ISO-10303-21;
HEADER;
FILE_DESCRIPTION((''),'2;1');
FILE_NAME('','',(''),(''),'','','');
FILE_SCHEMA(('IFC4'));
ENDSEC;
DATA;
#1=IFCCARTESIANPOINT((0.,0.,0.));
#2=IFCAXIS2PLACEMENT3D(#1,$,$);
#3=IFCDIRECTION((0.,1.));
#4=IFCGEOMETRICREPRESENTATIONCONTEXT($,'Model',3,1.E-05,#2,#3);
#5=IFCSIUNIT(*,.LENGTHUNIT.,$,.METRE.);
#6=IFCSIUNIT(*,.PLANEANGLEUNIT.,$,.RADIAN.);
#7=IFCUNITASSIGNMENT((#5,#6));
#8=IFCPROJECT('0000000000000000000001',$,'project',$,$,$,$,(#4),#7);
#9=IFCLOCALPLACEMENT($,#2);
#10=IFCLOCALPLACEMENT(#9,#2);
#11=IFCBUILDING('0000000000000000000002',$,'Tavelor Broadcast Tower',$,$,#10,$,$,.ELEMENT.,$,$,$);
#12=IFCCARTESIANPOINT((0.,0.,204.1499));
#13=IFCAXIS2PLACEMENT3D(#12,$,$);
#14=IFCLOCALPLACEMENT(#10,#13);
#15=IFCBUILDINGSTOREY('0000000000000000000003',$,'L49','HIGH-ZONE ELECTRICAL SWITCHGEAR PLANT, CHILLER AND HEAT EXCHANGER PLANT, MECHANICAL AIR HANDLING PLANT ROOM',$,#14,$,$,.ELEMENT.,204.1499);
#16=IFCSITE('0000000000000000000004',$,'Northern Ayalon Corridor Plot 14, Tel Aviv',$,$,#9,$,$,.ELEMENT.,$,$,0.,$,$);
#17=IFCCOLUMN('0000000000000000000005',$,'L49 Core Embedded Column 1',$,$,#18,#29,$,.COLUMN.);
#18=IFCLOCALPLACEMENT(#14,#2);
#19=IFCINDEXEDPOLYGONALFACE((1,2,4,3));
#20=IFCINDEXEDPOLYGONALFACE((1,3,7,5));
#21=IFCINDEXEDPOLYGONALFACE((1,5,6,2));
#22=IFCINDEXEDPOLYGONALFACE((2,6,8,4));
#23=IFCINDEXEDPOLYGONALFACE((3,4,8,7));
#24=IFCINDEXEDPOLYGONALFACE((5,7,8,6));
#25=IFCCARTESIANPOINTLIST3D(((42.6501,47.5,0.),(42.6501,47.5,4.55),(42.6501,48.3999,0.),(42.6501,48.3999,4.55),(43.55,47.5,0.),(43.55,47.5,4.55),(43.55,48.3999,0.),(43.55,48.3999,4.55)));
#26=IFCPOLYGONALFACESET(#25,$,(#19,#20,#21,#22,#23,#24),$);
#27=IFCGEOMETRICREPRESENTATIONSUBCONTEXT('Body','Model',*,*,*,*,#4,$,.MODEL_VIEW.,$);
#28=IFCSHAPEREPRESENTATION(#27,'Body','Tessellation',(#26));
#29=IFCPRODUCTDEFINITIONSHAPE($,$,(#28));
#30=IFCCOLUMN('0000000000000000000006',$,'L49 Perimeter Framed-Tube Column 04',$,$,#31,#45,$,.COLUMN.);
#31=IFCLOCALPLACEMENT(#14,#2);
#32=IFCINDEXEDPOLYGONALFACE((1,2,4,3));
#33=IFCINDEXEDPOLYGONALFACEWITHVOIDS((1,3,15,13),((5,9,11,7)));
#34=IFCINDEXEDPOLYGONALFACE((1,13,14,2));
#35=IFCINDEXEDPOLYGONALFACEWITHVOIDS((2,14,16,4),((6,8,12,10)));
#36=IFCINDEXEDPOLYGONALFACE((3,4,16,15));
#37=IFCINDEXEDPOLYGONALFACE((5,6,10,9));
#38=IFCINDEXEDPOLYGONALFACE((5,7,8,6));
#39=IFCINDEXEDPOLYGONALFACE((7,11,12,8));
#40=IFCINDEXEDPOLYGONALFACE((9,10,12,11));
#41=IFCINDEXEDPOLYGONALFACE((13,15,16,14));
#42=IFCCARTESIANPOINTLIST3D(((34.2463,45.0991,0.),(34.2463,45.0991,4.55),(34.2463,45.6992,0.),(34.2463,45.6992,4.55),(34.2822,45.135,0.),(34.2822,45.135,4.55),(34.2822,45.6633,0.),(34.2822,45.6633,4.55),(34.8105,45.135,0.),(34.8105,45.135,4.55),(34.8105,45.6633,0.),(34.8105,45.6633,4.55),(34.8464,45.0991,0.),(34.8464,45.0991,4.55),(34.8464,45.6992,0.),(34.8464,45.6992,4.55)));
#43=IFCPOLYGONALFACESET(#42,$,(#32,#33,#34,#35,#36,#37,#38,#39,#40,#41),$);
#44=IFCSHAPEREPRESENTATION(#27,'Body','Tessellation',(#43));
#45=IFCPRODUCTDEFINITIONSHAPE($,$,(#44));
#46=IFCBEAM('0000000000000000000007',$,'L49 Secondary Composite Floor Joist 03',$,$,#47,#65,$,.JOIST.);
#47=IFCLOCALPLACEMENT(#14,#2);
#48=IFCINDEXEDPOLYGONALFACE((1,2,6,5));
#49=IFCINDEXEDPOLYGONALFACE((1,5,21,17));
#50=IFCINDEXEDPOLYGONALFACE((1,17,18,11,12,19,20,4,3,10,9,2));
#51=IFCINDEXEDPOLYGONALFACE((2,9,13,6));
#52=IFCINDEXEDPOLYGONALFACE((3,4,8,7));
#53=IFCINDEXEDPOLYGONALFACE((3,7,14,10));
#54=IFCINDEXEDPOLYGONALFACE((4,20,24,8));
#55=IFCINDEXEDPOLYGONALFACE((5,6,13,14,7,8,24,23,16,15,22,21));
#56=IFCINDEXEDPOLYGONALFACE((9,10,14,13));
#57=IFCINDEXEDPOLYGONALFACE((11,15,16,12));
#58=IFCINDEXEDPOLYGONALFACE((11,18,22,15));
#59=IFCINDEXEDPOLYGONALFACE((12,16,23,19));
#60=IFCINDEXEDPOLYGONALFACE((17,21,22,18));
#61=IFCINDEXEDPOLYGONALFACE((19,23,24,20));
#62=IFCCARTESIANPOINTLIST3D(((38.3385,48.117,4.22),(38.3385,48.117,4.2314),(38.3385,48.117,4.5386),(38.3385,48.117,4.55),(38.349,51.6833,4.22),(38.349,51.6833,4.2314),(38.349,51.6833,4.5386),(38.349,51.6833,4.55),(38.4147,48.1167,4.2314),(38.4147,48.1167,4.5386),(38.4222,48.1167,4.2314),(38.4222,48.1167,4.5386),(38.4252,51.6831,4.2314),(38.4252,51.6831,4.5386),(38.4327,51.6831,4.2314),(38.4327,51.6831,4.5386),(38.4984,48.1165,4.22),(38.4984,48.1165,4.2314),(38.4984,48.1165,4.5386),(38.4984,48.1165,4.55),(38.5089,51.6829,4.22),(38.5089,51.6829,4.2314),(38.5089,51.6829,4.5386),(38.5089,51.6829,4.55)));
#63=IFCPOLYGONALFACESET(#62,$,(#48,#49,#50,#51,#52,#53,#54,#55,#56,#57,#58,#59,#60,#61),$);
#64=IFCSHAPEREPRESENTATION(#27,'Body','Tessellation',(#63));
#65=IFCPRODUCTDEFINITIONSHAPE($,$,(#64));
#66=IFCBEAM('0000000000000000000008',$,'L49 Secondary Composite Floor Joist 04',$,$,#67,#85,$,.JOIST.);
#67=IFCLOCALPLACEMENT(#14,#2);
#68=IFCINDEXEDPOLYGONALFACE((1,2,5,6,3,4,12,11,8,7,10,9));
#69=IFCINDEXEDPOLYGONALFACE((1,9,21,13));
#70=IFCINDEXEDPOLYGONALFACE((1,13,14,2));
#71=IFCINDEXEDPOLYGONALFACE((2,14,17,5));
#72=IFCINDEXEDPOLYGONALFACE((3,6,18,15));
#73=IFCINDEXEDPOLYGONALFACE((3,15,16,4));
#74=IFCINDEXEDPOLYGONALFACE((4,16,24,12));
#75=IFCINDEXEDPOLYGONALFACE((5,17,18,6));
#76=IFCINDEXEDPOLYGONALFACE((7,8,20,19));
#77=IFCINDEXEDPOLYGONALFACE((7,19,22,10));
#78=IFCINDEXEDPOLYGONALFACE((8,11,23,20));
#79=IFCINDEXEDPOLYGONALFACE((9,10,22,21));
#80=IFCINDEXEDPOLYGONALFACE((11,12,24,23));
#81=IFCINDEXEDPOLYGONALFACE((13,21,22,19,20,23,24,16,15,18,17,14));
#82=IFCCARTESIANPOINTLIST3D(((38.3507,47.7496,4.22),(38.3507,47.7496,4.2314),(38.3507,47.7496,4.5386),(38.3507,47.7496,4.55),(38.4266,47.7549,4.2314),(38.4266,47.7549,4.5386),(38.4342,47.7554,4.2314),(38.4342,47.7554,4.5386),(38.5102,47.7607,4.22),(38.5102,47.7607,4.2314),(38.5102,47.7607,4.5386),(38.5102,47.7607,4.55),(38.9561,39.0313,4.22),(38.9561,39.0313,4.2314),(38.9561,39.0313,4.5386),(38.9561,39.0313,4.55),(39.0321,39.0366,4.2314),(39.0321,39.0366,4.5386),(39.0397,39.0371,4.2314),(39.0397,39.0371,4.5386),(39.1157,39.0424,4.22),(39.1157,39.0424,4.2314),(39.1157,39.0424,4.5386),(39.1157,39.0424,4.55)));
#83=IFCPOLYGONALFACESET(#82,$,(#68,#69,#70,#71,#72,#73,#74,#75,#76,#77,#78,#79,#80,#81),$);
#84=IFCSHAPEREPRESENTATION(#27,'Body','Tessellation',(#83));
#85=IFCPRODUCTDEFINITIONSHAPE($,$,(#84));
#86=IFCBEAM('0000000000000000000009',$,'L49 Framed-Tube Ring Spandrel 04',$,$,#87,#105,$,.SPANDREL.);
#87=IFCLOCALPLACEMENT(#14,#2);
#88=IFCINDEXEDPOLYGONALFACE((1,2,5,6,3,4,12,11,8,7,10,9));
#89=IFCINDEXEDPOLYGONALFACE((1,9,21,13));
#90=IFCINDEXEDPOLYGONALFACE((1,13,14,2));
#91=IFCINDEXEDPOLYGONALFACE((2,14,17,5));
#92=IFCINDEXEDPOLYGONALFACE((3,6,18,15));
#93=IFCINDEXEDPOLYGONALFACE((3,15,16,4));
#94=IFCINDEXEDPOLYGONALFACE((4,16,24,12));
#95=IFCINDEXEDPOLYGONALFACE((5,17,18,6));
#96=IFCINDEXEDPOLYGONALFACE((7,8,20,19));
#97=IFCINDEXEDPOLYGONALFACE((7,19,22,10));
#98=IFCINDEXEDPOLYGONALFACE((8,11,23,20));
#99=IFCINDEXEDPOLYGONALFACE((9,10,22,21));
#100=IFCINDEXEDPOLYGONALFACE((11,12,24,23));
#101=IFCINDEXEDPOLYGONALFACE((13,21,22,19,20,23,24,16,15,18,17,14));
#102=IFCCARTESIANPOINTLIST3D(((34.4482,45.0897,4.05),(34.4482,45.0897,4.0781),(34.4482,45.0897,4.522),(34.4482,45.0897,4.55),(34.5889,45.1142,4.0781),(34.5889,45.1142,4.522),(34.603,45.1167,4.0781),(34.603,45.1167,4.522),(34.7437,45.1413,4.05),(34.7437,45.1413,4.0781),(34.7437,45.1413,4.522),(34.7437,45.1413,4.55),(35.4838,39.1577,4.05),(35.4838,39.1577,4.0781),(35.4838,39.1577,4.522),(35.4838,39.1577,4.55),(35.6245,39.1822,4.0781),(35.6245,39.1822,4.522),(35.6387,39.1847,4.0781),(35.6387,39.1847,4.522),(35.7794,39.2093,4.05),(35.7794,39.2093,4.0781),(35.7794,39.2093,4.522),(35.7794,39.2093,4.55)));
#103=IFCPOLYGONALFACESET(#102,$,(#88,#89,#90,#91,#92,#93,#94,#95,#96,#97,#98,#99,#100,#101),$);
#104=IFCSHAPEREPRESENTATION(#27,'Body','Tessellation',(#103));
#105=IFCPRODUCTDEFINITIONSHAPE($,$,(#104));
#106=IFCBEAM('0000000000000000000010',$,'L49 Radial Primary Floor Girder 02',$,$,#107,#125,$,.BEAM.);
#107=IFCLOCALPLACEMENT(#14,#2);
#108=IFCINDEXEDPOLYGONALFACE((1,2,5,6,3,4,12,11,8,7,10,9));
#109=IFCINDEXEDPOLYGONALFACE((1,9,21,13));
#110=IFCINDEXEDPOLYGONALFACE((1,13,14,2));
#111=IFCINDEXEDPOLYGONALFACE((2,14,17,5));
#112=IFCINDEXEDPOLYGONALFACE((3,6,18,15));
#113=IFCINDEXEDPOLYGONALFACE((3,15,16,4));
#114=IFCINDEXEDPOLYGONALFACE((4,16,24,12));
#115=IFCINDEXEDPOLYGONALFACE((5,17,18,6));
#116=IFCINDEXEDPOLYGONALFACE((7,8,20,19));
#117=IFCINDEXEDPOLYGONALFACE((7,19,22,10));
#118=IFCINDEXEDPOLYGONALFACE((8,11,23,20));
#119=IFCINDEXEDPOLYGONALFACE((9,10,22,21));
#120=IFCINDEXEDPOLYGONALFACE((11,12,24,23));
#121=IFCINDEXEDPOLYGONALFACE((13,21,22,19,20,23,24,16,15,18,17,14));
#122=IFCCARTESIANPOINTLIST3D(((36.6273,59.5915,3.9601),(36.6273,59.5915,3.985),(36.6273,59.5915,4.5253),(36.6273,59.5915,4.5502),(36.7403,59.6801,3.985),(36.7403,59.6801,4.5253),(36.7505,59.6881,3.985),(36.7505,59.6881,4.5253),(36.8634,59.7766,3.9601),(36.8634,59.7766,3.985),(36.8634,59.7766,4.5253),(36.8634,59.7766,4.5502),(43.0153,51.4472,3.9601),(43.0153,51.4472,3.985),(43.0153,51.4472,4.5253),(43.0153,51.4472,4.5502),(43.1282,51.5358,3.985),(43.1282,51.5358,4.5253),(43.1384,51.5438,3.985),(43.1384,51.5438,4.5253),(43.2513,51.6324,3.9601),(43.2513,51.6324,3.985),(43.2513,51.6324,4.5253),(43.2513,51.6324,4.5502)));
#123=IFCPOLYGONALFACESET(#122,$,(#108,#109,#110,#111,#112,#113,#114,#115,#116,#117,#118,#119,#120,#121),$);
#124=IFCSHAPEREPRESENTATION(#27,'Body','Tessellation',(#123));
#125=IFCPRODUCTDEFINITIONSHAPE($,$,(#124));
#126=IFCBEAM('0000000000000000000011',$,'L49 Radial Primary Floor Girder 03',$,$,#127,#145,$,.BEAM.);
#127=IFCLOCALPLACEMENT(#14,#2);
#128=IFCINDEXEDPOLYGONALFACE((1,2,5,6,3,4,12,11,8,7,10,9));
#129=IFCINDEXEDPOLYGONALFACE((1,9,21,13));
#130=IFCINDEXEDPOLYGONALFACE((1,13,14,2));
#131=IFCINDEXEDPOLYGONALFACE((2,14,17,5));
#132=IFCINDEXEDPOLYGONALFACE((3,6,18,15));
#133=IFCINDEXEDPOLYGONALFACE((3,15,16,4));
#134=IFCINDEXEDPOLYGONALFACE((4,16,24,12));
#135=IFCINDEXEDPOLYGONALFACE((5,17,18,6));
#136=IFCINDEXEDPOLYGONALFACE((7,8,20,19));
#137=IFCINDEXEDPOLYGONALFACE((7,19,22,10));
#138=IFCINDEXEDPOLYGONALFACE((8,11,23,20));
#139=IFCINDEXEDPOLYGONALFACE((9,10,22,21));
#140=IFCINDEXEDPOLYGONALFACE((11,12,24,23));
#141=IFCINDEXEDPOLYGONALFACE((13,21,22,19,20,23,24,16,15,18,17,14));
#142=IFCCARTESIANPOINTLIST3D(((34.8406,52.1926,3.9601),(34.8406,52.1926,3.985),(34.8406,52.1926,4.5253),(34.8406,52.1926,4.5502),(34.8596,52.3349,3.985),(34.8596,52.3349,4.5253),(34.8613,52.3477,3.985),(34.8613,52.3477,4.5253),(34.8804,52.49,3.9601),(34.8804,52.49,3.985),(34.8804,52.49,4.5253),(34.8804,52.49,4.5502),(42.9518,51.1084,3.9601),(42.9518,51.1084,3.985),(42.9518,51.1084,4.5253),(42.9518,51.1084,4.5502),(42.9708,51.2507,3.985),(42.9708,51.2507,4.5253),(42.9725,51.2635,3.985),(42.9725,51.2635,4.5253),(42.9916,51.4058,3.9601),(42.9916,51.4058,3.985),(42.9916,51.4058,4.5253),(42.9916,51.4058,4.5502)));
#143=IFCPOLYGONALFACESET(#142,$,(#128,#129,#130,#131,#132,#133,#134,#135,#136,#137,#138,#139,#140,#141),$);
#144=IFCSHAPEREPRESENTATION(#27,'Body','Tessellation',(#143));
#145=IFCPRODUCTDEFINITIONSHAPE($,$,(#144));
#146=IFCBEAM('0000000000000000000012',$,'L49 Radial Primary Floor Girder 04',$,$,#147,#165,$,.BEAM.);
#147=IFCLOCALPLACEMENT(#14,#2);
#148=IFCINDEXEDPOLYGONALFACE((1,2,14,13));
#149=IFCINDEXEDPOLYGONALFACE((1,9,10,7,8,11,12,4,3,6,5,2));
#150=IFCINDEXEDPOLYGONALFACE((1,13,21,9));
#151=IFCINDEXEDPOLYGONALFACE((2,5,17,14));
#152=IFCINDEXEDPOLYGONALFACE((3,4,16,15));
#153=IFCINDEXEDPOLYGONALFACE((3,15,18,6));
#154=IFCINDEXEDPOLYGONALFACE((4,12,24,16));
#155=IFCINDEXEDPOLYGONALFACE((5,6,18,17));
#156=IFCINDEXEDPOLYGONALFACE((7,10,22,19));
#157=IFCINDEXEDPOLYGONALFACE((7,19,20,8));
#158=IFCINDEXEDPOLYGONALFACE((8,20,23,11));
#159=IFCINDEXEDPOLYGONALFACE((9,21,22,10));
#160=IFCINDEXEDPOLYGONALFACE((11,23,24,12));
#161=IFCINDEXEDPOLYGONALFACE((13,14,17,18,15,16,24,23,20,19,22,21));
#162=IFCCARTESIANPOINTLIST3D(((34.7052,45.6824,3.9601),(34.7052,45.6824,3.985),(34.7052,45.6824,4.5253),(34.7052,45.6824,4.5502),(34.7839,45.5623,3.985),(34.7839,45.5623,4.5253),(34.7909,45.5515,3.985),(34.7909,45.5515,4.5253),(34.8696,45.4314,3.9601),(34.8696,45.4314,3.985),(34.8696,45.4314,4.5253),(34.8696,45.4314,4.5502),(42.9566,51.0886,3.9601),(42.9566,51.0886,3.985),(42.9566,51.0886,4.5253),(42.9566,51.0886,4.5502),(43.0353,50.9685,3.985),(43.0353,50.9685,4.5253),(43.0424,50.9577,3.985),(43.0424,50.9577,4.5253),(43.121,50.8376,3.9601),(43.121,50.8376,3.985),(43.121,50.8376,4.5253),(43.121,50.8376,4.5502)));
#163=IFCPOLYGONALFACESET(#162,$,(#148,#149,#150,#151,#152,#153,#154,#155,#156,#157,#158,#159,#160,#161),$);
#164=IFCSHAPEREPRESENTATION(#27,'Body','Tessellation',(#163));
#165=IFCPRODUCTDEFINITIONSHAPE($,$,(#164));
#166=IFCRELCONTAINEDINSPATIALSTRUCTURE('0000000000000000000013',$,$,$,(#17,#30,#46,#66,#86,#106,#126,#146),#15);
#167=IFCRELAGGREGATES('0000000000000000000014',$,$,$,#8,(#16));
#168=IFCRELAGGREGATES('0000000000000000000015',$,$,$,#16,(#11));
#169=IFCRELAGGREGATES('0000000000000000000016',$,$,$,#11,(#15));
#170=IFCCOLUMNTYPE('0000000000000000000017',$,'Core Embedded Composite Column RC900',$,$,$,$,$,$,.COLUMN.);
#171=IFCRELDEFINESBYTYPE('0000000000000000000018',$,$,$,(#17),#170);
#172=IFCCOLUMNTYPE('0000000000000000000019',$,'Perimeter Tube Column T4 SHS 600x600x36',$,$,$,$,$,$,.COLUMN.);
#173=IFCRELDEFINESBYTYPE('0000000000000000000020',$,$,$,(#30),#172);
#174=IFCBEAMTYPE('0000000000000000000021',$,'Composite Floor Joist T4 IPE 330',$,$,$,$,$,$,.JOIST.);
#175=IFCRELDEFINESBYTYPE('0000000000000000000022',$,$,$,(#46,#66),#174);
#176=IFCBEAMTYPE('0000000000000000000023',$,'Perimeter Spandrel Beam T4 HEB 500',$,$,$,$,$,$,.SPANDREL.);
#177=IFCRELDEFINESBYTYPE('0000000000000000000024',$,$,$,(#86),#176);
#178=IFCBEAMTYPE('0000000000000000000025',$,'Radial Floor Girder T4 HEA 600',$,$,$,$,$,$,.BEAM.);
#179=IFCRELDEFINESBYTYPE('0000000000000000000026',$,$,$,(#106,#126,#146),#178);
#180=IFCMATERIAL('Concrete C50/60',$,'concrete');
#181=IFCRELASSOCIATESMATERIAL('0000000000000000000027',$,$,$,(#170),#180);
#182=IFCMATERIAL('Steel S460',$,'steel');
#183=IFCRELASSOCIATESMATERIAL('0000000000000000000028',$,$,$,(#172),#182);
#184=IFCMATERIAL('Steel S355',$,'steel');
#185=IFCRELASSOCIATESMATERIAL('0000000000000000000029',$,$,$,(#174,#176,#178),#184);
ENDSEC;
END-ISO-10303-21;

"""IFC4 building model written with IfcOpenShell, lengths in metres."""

from ifc_helpers import new_model, si_unit, direction, frame, origin, origin_2d, place, context, subcontext, project, spatial, rectangle, hollow_rectangle, i_section, extrude, material, material_profile, profile_set, type_object, element, save


model = new_model("IFC4")

# Units and contexts
model_context = context("Model", 3, precision=1e-05, world=origin(), true_north=direction((0.0, 1.0)))
body_context = subcontext(model_context, "Body", "Model", "MODEL_VIEW")
ifc_project = project(units=[si_unit("LENGTHUNIT", "METRE"), si_unit("PLANEANGLEUNIT", "RADIAN")], contexts=[model_context])

# Site, building, storey
site_placement = place(None, origin())
site = spatial("IfcSite", under=ifc_project, at=site_placement, Name="Northern Ayalon Corridor Plot 14, Tel Aviv", CompositionType="ELEMENT", RefElevation=0.0)
building_placement = place(site_placement, origin())
building = spatial("IfcBuilding", under=site, at=building_placement, Name="Tavelor Broadcast Tower", CompositionType="ELEMENT")
storey_placement = place(building_placement, frame((0.0, 0.0, 204.1499)))
storey = spatial("IfcBuildingStorey", under=building, at=storey_placement, Name="L49", Description="HIGH-ZONE ELECTRICAL SWITCHGEAR PLANT, CHILLER AND HEAT EXCHANGER PLANT, MECHANICAL AIR HANDLING PLANT ROOM", CompositionType="ELEMENT", Elevation=204.1499)

# Columns
ifc_material_1 = material(Name="Concrete C50/60", Category="concrete")
ifc_material_profile_1 = material_profile(ifc_material_1, rectangle(XDim=0.8999, YDim=0.8999, at=origin_2d()), Name="RC 900x900")
ifc_profile_set_1 = profile_set([ifc_material_profile_1], Name="Concrete C50/60")
column_type_1 = type_object("IfcColumnType", Name="Core Embedded Composite Column RC900", PredefinedType="COLUMN", material=ifc_profile_set_1)
column_1_placement = place(storey_placement, frame((43.1001, 47.95, 0.0), z_axis=(0.0, 0.0, 1.0), x_axis=(1.0, 0.0, 0.0)))
element("IfcColumn", 1, at=column_1_placement, inside=storey, type_object=column_type_1, Name="L49 Core Embedded Column 1", PredefinedType="COLUMN", context=body_context, shape_type="SweptSolid", body=[
    extrude(rectangle(XDim=0.8999, YDim=0.8999, at=origin_2d()), origin(), (0.0, 0.0, 1.0), 4.55),
])
ifc_material_2 = material(Name="Steel S460", Category="steel")
ifc_material_profile_2 = material_profile(ifc_material_2, hollow_rectangle(XDim=0.6001, YDim=0.6001, WallThickness=0.0359, at=origin_2d()), Name="SHS 600x600x36")
ifc_profile_set_2 = profile_set([ifc_material_profile_2], Name="Steel S460")
column_type_2 = type_object("IfcColumnType", Name="Perimeter Tube Column T4 SHS 600x600x36", PredefinedType="COLUMN", material=ifc_profile_set_2)
column_2_placement = place(storey_placement, frame((34.5464, 45.3992, 0.0), z_axis=(0.0, 0.0, 1.0), x_axis=(1.0, 0.0, 0.0)))
element("IfcColumn", 2, at=column_2_placement, inside=storey, type_object=column_type_2, Name="L49 Perimeter Framed-Tube Column 04", PredefinedType="COLUMN", context=body_context, shape_type="SweptSolid", body=[
    extrude(hollow_rectangle(XDim=0.6001, YDim=0.6001, WallThickness=0.0359, at=origin_2d()), origin(), (0.0, 0.0, 1.0), 4.55),
])

# Beams
ifc_material_3 = material(Name="Steel S355", Category="steel")
ifc_material_profile_3 = material_profile(ifc_material_3, i_section(OverallWidth=0.1599, OverallDepth=0.3301, WebThickness=0.0076, FlangeThickness=0.0115, at=origin_2d()), Name="IPE 330")
ifc_profile_set_3 = profile_set([ifc_material_profile_3], Name="Steel S355")
beam_type_1 = type_object("IfcBeamType", Name="Composite Floor Joist T4 IPE 330", PredefinedType="JOIST", material=ifc_profile_set_3)
beam_1_placement = place(storey_placement, frame((38.429, 51.6831, 4.385), z_axis=(-0.002944, -0.999996, 0.0), x_axis=(0.999996, -0.002944, 0.0)))
element("IfcBeam", 3, at=beam_1_placement, inside=storey, type_object=beam_type_1, Name="L49 Secondary Composite Floor Joist 03", PredefinedType="JOIST", context=body_context, shape_type="SweptSolid", body=[
    extrude(i_section(OverallWidth=0.1599, OverallDepth=0.3301, WebThickness=0.0076, FlangeThickness=0.0115, at=origin_2d()), origin(), (0.0, 0.0, 1.0), 3.5664),
])
beam_2_placement = place(storey_placement, frame((38.4304, 47.7551, 4.385), z_axis=(0.069281, -0.997597, 0.0), x_axis=(0.997597, 0.069281, 0.0)))
element("IfcBeam", 4, at=beam_2_placement, inside=storey, type_object=beam_type_1, Name="L49 Secondary Composite Floor Joist 04", PredefinedType="JOIST", context=body_context, shape_type="SweptSolid", body=[
    extrude(i_section(OverallWidth=0.1599, OverallDepth=0.3301, WebThickness=0.0076, FlangeThickness=0.0115, at=origin_2d()), origin(), (0.0, 0.0, 1.0), 8.7393),
])
ifc_material_profile_4 = material_profile(ifc_material_3, i_section(OverallWidth=0.3, OverallDepth=0.5, WebThickness=0.0144, FlangeThickness=0.0281, at=origin_2d()), Name="HEB 500")
ifc_profile_set_4 = profile_set([ifc_material_profile_4], Name="Steel S355")
beam_type_2 = type_object("IfcBeamType", Name="Perimeter Spandrel Beam T4 HEB 500", PredefinedType="SPANDREL", material=ifc_profile_set_4)
beam_3_placement = place(storey_placement, frame((34.5959, 45.1155, 4.3), z_axis=(0.171988, -0.985099, 0.0), x_axis=(0.985099, 0.171988, 0.0)))
element("IfcBeam", 5, at=beam_3_placement, inside=storey, type_object=beam_type_2, Name="L49 Framed-Tube Ring Spandrel 04", PredefinedType="SPANDREL", context=body_context, shape_type="SweptSolid", body=[
    extrude(i_section(OverallWidth=0.3, OverallDepth=0.5, WebThickness=0.0144, FlangeThickness=0.0281, at=origin_2d()), origin(), (0.0, 0.0, 1.0), 6.0217),
])
ifc_material_profile_5 = material_profile(ifc_material_3, i_section(OverallWidth=0.3, OverallDepth=0.5901, WebThickness=0.0129, FlangeThickness=0.0249, at=origin_2d()), Name="HEA 600")
ifc_profile_set_5 = profile_set([ifc_material_profile_5], Name="Steel S355")
beam_type_3 = type_object("IfcBeamType", Name="Radial Floor Girder T4 HEA 600", PredefinedType="BEAM", material=ifc_profile_set_5)
beam_4_placement = place(storey_placement, frame((43.1333, 51.5398, 4.2551), z_axis=(-0.617156, 0.786841, 0.0), x_axis=(-0.786841, -0.617156, 0.0)))
element("IfcBeam", 6, at=beam_4_placement, inside=storey, type_object=beam_type_3, Name="L49 Radial Primary Floor Girder 02", PredefinedType="BEAM", context=body_context, shape_type="SweptSolid", body=[
    extrude(i_section(OverallWidth=0.3, OverallDepth=0.5901, WebThickness=0.0129, FlangeThickness=0.0249, at=origin_2d()), origin(), (0.0, 0.0, 1.0), 10.3506),
])
beam_5_placement = place(storey_placement, frame((42.9717, 51.2571, 4.2551), z_axis=(-0.991184, 0.132494, 0.0), x_axis=(-0.132494, -0.991184, 0.0)))
element("IfcBeam", 7, at=beam_5_placement, inside=storey, type_object=beam_type_3, Name="L49 Radial Primary Floor Girder 03", PredefinedType="BEAM", context=body_context, shape_type="SweptSolid", body=[
    extrude(i_section(OverallWidth=0.3, OverallDepth=0.5901, WebThickness=0.0129, FlangeThickness=0.0249, at=origin_2d()), origin(), (0.0, 0.0, 1.0), 8.1833),
])
beam_6_placement = place(storey_placement, frame((43.0388, 50.9631, 4.2551), z_axis=(-0.836456, -0.548035, 0.0), x_axis=(0.548035, -0.836456, 0.0)))
element("IfcBeam", 8, at=beam_6_placement, inside=storey, type_object=beam_type_3, Name="L49 Radial Primary Floor Girder 04", PredefinedType="BEAM", context=body_context, shape_type="SweptSolid", body=[
    extrude(i_section(OverallWidth=0.3, OverallDepth=0.5901, WebThickness=0.0129, FlangeThickness=0.0249, at=origin_2d()), origin(), (0.0, 0.0, 1.0), 9.8647),
])

save(model, "model.ifc")
